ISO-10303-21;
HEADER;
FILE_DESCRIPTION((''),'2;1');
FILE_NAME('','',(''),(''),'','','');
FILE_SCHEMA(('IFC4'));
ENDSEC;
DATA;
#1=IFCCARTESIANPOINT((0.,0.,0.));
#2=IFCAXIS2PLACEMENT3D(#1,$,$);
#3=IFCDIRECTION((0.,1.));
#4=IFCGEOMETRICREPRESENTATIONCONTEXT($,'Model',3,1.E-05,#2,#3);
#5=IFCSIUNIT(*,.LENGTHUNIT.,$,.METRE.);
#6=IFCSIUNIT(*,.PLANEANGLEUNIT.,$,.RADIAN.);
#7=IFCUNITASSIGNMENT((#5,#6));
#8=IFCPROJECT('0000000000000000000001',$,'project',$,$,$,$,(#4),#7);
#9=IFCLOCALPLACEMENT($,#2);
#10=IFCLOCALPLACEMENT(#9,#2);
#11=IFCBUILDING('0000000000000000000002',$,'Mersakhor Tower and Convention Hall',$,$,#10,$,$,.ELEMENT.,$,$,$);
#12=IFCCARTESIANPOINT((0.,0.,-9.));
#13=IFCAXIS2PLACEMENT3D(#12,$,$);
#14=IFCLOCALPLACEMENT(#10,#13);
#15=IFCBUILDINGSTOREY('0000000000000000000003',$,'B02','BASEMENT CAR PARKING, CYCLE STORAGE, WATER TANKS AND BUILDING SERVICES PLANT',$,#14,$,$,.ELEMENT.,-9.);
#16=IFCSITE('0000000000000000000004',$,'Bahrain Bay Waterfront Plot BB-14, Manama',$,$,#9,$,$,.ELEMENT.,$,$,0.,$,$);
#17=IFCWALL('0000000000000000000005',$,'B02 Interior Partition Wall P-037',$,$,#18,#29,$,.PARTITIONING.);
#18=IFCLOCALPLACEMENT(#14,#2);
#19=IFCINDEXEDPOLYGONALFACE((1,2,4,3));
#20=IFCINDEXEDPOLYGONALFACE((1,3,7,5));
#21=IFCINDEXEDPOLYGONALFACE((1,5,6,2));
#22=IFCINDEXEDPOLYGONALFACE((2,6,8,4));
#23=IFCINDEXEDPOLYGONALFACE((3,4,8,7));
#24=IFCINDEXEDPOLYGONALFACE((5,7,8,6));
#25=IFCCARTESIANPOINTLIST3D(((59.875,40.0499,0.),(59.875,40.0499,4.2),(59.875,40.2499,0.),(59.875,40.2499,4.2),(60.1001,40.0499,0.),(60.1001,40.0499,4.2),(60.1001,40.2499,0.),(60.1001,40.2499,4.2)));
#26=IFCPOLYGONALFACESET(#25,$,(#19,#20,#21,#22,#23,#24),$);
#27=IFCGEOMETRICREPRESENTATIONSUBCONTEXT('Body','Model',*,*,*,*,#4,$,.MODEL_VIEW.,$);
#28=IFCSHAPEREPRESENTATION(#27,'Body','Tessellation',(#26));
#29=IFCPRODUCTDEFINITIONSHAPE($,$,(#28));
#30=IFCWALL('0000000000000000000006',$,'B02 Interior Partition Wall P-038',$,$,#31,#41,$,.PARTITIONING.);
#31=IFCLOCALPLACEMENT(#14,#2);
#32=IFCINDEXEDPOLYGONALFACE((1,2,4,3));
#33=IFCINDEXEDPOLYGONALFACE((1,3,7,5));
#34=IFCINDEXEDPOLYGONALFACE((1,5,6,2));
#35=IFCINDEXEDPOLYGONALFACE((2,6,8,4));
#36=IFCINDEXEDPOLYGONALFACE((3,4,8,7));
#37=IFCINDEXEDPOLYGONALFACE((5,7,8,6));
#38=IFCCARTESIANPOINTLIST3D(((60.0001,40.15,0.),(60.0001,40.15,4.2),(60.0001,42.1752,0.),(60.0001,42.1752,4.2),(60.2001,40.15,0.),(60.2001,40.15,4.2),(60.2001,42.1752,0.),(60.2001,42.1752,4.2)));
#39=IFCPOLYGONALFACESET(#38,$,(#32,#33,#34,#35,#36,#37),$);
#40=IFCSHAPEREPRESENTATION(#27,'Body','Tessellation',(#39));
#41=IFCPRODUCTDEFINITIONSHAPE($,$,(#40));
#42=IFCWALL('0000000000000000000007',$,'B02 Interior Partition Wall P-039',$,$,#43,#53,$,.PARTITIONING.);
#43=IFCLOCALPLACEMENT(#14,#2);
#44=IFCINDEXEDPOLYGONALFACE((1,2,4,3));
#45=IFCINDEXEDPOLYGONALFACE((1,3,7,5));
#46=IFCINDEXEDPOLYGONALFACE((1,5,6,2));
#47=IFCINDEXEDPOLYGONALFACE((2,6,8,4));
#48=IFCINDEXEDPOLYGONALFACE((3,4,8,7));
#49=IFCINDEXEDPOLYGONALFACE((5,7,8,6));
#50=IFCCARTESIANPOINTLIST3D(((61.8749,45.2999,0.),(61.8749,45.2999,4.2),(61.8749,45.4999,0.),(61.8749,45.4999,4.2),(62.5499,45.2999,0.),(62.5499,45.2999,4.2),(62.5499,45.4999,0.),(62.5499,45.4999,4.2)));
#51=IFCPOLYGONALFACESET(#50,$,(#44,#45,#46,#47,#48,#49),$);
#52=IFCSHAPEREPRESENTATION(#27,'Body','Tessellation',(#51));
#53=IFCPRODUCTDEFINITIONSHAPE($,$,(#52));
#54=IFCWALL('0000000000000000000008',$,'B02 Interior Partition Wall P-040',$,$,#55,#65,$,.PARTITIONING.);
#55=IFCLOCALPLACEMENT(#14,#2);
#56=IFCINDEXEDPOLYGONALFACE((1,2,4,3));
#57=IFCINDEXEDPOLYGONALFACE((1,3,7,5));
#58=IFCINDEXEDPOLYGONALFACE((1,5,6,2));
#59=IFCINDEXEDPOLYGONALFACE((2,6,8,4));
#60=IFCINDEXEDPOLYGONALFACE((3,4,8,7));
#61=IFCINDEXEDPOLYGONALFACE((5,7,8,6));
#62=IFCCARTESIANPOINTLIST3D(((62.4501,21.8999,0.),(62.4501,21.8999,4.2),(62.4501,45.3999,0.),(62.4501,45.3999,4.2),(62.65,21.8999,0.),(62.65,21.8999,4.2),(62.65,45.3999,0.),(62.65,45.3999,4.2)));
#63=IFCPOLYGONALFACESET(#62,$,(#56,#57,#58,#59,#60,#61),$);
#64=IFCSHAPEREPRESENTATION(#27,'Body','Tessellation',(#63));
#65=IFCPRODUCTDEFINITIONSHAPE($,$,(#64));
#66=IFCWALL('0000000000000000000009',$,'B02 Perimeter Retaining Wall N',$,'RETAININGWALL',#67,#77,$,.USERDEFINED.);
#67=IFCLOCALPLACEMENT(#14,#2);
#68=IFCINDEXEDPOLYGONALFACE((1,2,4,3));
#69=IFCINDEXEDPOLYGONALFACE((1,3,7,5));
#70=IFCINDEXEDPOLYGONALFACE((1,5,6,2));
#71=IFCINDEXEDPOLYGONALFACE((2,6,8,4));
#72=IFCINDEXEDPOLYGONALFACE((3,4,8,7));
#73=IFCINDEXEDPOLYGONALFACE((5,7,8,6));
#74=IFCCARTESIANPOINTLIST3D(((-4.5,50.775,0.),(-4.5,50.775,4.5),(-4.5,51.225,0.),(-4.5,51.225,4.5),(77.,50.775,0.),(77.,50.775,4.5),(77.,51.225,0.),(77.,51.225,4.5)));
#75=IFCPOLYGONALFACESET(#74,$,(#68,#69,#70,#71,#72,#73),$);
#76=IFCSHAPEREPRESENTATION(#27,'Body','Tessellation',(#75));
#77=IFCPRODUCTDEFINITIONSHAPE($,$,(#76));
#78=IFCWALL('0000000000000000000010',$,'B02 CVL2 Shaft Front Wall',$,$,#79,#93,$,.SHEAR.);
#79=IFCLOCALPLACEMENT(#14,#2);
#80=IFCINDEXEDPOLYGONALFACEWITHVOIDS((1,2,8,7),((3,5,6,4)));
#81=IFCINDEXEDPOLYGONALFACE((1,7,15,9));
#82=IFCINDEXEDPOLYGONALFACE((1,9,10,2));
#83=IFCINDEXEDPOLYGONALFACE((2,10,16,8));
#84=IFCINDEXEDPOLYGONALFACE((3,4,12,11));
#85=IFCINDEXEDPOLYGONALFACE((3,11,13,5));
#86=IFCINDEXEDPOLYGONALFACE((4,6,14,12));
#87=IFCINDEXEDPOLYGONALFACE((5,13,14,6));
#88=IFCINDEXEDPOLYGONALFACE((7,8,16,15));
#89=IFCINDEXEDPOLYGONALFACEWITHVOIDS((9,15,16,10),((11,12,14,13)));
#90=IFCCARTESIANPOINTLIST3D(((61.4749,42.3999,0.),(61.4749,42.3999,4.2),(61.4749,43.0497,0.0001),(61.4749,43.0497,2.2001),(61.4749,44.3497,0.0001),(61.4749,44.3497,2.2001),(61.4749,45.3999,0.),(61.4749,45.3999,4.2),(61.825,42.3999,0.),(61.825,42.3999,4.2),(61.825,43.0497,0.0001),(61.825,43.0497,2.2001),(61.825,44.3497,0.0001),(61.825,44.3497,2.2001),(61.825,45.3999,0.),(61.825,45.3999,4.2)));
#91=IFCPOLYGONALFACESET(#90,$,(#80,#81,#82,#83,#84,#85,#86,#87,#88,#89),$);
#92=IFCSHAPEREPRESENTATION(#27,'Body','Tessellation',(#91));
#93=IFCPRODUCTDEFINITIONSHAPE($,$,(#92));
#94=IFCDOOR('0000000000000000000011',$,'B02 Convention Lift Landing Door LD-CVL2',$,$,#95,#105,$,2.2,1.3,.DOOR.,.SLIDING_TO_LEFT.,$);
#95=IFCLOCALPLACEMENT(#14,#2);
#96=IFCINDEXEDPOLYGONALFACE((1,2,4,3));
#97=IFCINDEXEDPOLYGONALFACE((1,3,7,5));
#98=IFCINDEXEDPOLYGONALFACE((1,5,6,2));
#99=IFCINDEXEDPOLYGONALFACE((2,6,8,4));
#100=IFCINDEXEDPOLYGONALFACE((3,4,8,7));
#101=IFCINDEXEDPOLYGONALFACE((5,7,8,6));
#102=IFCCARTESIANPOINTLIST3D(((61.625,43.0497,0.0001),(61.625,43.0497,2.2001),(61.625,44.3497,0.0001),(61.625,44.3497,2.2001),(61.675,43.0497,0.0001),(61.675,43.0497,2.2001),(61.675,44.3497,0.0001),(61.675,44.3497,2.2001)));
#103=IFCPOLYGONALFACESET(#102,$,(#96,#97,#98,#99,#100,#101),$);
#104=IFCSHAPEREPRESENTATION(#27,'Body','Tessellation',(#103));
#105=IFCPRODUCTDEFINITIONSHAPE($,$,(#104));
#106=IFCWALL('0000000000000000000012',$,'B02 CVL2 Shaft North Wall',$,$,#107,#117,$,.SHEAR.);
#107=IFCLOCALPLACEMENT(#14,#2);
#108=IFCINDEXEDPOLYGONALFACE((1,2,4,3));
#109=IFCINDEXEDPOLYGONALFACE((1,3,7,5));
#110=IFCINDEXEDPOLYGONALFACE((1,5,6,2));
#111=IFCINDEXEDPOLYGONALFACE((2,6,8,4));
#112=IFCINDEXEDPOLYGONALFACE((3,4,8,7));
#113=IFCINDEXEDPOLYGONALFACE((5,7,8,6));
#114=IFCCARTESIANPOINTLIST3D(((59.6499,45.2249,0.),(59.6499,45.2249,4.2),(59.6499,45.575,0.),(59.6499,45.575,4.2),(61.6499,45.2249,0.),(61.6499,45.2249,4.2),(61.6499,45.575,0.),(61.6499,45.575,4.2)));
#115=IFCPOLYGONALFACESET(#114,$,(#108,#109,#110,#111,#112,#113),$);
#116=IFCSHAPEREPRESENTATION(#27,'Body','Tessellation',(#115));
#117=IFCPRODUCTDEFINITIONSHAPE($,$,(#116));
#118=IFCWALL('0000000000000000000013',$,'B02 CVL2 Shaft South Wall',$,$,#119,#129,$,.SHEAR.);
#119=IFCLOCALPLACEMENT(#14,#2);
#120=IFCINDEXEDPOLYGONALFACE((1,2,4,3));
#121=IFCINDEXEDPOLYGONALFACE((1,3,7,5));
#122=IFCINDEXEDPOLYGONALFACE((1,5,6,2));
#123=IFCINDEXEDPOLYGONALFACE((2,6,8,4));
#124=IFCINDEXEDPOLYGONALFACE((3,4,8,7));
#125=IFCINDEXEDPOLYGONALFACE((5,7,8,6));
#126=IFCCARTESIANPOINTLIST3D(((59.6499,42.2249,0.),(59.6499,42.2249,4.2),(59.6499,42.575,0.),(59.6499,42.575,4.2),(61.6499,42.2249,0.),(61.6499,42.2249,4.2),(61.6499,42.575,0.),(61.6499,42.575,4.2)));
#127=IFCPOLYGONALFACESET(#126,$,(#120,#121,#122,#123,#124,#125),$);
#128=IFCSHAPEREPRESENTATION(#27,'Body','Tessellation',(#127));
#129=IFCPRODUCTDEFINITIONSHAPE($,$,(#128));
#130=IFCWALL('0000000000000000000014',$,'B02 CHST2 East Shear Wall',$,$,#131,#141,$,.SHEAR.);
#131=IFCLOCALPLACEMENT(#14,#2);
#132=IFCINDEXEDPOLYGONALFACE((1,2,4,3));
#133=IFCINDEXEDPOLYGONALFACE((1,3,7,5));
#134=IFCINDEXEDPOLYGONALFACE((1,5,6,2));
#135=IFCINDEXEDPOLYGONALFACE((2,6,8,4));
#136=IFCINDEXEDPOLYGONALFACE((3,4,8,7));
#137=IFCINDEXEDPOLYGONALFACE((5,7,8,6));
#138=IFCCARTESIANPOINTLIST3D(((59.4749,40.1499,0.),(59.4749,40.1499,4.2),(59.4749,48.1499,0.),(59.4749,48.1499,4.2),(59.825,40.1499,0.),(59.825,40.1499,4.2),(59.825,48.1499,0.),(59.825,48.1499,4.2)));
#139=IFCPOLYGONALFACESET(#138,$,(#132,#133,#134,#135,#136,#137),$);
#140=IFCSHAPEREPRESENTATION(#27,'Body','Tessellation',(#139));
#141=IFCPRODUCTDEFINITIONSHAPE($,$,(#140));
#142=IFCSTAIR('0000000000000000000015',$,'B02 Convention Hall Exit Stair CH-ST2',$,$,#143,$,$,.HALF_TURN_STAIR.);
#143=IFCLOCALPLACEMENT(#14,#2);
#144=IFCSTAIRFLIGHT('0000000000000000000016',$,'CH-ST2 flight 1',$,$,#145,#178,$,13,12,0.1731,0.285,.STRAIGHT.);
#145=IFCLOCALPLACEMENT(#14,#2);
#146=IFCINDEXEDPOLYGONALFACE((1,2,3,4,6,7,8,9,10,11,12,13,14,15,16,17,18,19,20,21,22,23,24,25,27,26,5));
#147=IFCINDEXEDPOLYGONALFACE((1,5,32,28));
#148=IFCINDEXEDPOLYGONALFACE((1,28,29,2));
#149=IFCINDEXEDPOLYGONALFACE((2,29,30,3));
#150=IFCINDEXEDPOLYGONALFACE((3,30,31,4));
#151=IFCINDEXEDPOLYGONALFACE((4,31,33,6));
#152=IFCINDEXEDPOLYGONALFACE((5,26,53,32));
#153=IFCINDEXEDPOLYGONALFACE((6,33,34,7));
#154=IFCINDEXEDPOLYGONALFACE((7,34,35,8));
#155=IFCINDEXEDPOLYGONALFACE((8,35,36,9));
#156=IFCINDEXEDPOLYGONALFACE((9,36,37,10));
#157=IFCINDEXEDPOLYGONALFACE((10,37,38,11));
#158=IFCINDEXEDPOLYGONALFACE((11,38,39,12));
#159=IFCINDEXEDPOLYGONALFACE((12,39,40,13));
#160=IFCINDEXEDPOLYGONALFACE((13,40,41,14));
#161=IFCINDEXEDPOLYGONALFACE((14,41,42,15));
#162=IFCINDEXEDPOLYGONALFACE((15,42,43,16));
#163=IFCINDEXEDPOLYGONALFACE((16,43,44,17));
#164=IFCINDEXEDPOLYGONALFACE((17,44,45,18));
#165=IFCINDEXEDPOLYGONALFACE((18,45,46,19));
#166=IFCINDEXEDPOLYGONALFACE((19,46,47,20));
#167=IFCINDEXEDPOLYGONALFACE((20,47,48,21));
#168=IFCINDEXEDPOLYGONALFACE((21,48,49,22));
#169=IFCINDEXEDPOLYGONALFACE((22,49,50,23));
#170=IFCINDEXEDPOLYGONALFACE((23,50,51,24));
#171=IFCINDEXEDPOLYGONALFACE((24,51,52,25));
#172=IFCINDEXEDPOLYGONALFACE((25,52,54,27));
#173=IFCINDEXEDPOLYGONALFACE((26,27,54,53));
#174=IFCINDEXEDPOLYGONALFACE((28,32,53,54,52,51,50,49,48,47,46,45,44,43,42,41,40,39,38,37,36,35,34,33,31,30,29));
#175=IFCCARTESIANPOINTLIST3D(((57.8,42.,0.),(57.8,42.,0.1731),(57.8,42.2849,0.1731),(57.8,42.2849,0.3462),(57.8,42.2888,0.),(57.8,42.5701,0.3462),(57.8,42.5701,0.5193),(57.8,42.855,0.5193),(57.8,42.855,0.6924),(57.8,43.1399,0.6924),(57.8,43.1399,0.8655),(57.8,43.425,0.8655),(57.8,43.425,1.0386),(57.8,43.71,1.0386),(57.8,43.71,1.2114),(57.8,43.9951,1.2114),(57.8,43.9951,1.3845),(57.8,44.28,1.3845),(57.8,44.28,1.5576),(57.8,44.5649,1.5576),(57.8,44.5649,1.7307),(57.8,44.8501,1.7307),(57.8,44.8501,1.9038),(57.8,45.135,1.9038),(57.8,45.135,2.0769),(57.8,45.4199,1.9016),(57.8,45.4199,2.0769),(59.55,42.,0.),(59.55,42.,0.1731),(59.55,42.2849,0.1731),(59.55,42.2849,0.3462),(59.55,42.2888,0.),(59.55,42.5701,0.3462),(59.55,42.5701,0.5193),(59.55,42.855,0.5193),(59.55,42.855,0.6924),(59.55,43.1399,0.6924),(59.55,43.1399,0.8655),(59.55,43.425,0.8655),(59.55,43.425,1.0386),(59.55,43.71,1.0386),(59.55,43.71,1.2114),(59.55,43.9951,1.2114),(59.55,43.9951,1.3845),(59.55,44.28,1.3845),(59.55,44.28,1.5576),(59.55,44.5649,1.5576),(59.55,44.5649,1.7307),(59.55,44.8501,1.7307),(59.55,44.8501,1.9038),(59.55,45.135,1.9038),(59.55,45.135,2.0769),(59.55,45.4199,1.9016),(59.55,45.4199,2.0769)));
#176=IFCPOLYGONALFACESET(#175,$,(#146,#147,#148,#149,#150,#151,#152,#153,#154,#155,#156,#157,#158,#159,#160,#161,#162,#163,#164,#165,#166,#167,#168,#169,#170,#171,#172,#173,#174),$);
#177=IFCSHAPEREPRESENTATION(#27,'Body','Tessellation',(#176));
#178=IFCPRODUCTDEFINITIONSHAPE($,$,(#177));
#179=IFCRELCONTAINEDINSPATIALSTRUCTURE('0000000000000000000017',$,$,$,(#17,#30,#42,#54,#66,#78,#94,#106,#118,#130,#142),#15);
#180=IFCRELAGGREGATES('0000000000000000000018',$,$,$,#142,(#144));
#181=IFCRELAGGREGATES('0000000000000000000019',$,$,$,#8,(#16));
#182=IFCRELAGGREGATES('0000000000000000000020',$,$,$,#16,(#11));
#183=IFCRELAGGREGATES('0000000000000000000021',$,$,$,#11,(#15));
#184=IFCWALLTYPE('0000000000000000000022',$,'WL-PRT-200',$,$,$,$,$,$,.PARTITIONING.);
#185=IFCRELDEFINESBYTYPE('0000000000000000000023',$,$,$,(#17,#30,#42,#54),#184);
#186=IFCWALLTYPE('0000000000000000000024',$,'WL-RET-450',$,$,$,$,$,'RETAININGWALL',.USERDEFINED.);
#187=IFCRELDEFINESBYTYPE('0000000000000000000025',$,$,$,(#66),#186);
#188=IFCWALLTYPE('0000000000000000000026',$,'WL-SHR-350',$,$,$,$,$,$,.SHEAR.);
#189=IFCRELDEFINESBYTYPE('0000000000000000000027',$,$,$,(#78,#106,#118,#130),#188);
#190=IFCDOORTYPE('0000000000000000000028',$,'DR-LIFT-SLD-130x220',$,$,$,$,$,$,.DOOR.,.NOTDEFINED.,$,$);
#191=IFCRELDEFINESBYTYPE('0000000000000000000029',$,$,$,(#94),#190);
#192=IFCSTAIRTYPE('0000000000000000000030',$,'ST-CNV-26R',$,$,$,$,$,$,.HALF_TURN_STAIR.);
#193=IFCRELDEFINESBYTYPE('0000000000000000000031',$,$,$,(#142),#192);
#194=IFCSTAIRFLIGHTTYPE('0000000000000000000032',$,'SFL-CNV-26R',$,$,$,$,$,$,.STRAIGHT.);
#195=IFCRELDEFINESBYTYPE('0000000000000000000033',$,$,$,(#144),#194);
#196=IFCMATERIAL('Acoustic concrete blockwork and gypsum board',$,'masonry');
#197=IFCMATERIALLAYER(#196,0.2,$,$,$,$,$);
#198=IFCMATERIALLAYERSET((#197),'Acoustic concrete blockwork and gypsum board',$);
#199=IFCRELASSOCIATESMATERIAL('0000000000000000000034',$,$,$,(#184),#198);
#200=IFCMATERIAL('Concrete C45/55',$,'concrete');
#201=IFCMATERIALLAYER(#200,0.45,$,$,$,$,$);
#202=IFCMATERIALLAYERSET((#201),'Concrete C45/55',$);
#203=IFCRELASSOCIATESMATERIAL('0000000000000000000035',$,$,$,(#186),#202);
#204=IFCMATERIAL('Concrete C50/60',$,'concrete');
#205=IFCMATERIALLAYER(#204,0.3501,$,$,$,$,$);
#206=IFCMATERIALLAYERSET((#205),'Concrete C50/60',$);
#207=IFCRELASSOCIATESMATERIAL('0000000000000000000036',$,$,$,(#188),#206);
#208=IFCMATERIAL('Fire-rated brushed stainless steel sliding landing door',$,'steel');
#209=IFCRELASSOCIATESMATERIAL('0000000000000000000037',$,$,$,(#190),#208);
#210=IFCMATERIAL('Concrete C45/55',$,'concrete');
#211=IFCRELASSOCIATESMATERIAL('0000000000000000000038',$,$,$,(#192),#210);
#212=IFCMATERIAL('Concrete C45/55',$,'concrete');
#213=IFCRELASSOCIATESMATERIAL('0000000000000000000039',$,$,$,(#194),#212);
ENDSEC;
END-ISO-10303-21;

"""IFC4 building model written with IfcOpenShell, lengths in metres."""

from ifc_helpers import new_model, si_unit, direction, frame, frame_2d, origin, place, context, subcontext, project, spatial, polyline, rectangle, outline, extrude, material, layer, layer_set, type_object, element, fill, aggregate, save


model = new_model("IFC4")

# Units and contexts
model_context = context("Model", 3, precision=1e-05, world=origin(), true_north=direction((0.0, 1.0)))
body_context = subcontext(model_context, "Body", "Model", "MODEL_VIEW")
ifc_project = project(units=[si_unit("LENGTHUNIT", "METRE"), si_unit("PLANEANGLEUNIT", "RADIAN")], contexts=[model_context])

# Site, building, storey
site_placement = place(None, origin())
site = spatial("IfcSite", under=ifc_project, at=site_placement, Name="Bahrain Bay Waterfront Plot BB-14, Manama", CompositionType="ELEMENT", RefElevation=0.0)
building_placement = place(site_placement, origin())
building = spatial("IfcBuilding", under=site, at=building_placement, Name="Mersakhor Tower and Convention Hall", CompositionType="ELEMENT")
storey_placement = place(building_placement, frame((0.0, 0.0, -9.0)))
storey = spatial("IfcBuildingStorey", under=building, at=storey_placement, Name="B02", Description="BASEMENT CAR PARKING, CYCLE STORAGE, WATER TANKS AND BUILDING SERVICES PLANT", CompositionType="ELEMENT", Elevation=-9.0)

# Walls
ifc_material_1 = material(Name="Acoustic concrete blockwork and gypsum board", Category="masonry")
ifc_layer_1 = layer(ifc_material_1, 0.2)
ifc_layer_set_1 = layer_set([ifc_layer_1], Name="Acoustic concrete blockwork and gypsum board")
wall_type_1 = type_object("IfcWallType", Name="WL-PRT-200", PredefinedType="PARTITIONING", material=ifc_layer_set_1)
wall_1_placement = place(storey_placement, frame((59.875, 40.1499, 0.0), z_axis=(0.0, 0.0, 1.0), x_axis=(1.0, 0.0, 0.0)))
element("IfcWall", 1, at=wall_1_placement, inside=storey, type_object=wall_type_1, Name="B02 Interior Partition Wall P-037", PredefinedType="PARTITIONING", context=body_context, shape_type="SweptSolid", body=[
    extrude(rectangle(XDim=0.2251, YDim=0.2, at=frame_2d((0.1125, 0.0))), origin(), (0.0, 0.0, 1.0), 4.2),
])
wall_2_placement = place(storey_placement, frame((60.1001, 40.1499, 0.0), z_axis=(0.0, 0.0, 1.0), x_axis=(0.0, 1.0, 0.0)))
element("IfcWall", 2, at=wall_2_placement, inside=storey, type_object=wall_type_1, Name="B02 Interior Partition Wall P-038", PredefinedType="PARTITIONING", context=body_context, shape_type="SweptSolid", body=[
    extrude(rectangle(XDim=2.0251, YDim=0.2, at=frame_2d((1.0127, 0.0))), origin(), (0.0, 0.0, 1.0), 4.2),
])
wall_3_placement = place(storey_placement, frame((61.875, 45.3999, 0.0), z_axis=(0.0, 0.0, 1.0), x_axis=(1.0, 0.0, 0.0)))
element("IfcWall", 3, at=wall_3_placement, inside=storey, type_object=wall_type_1, Name="B02 Interior Partition Wall P-039", PredefinedType="PARTITIONING", context=body_context, shape_type="SweptSolid", body=[
    extrude(rectangle(XDim=0.675, YDim=0.2, at=frame_2d((0.3374, 0.0))), origin(), (0.0, 0.0, 1.0), 4.2),
])
wall_4_placement = place(storey_placement, frame((62.55, 45.3999, 0.0), z_axis=(0.0, 0.0, 1.0), x_axis=(0.0, -1.0, 0.0)))
element("IfcWall", 4, at=wall_4_placement, inside=storey, type_object=wall_type_1, Name="B02 Interior Partition Wall P-040", PredefinedType="PARTITIONING", context=body_context, shape_type="SweptSolid", body=[
    extrude(rectangle(XDim=23.5, YDim=0.2, at=frame_2d((11.75, 0.0))), origin(), (0.0, 0.0, 1.0), 4.2),
])
ifc_material_2 = material(Name="Concrete C45/55", Category="concrete")
ifc_layer_2 = layer(ifc_material_2, 0.45)
ifc_layer_set_2 = layer_set([ifc_layer_2], Name="Concrete C45/55")
wall_type_2 = type_object("IfcWallType", Name="WL-RET-450", ElementType="RETAININGWALL", PredefinedType="USERDEFINED", material=ifc_layer_set_2)
wall_5_placement = place(storey_placement, frame((77.0, 51.0, 0.0), z_axis=(0.0, 0.0, 1.0), x_axis=(-1.0, 0.0, 0.0)))
element("IfcWall", 5, at=wall_5_placement, inside=storey, type_object=wall_type_2, Name="B02 Perimeter Retaining Wall N", ObjectType="RETAININGWALL", PredefinedType="USERDEFINED", context=body_context, shape_type="SweptSolid", body=[
    extrude(rectangle(XDim=81.5, YDim=0.45, at=frame_2d((40.75, 0.0))), origin(), (0.0, 0.0, 1.0), 4.5),
])

# Wall, opening, door
ifc_material_3 = material(Name="Concrete C50/60", Category="concrete")
ifc_layer_3 = layer(ifc_material_3, 0.3501)
ifc_layer_set_3 = layer_set([ifc_layer_3], Name="Concrete C50/60")
wall_type_3 = type_object("IfcWallType", Name="WL-SHR-350", PredefinedType="SHEAR", material=ifc_layer_set_3)
wall_6_placement = place(storey_placement, frame((61.6499, 42.3999, 0.0), z_axis=(0.0, 0.0, 1.0), x_axis=(0.0, 1.0, 0.0)))
wall_6 = element("IfcWall", 6, at=wall_6_placement, inside=storey, type_object=wall_type_3, Name="B02 CVL2 Shaft Front Wall", PredefinedType="SHEAR", context=body_context, shape_type="SweptSolid", body=[
    extrude(rectangle(XDim=3.0, YDim=0.3501, at=frame_2d((1.5, 0.0))), origin(), (0.0, 0.0, 1.0), 4.2),
])
opening_placement = place(wall_6_placement, frame((0.6499, 0.0, 0.0)))
opening = element("IfcOpeningElement", 7, at=opening_placement, cuts=wall_6, PredefinedType="OPENING", context=body_context, shape_type="SweptSolid", body=[
    extrude(rectangle(XDim=1.3, YDim=2.2, at=frame_2d((0.6499, 1.1001))), frame((0.0, 0.1851, 0.0), z_axis=(0.0, -1.0, 0.0), x_axis=(1.0, 0.0, 0.0)), (0.0, 0.0, 1.0), 0.3701),
])
ifc_material_4 = material(Name="Fire-rated brushed stainless steel sliding landing door", Category="steel")
door_type = type_object("IfcDoorType", Name="DR-LIFT-SLD-130x220", OperationType="NOTDEFINED", PredefinedType="DOOR", material=ifc_material_4)
door_placement = place(opening_placement, origin())
door = element("IfcDoor", 8, at=door_placement, inside=storey, type_object=door_type, Name="B02 Convention Lift Landing Door LD-CVL2", OperationType="SLIDING_TO_LEFT", OverallHeight=2.2, OverallWidth=1.3, PredefinedType="DOOR", context=body_context, shape_type="SweptSolid", body=[
    extrude(rectangle(XDim=1.3, YDim=2.2, at=frame_2d((0.6499, 1.1001))), frame((0.0, 0.0249, 0.0), z_axis=(0.0, -1.0, 0.0), x_axis=(1.0, 0.0, 0.0)), (0.0, 0.0, 1.0), 0.05),
])
fill(opening, door)

# Walls
for number, where, z_axis, x_axis, name in (
    (9, (59.6499, 45.3999, 0.0), (0.0, 0.0, 1.0), (1.0, 0.0, 0.0), "B02 CVL2 Shaft North Wall"),
    (10, (59.6499, 42.3999, 0.0), (0.0, 0.0, 1.0), (1.0, 0.0, 0.0), "B02 CVL2 Shaft South Wall"),
):
    element("IfcWall", number, at=place(storey_placement, frame(where, z_axis=z_axis, x_axis=x_axis)), inside=storey, type_object=wall_type_3, Name=name, PredefinedType="SHEAR", context=body_context, shape_type="SweptSolid", body=[
        extrude(rectangle(XDim=2.0, YDim=0.3501, at=frame_2d((1.0, 0.0))), origin(), (0.0, 0.0, 1.0), 4.2),
    ])
wall_7_placement = place(storey_placement, frame((59.6499, 48.1499, 0.0), z_axis=(0.0, 0.0, 1.0), x_axis=(0.0, -1.0, 0.0)))
element("IfcWall", 11, at=wall_7_placement, inside=storey, type_object=wall_type_3, Name="B02 CHST2 East Shear Wall", PredefinedType="SHEAR", context=body_context, shape_type="SweptSolid", body=[
    extrude(rectangle(XDim=8.0, YDim=0.3501, at=frame_2d((4.0, 0.0))), origin(), (0.0, 0.0, 1.0), 4.2),
])

# Stair, stair flight
ifc_material_5 = material(Name="Concrete C45/55", Category="concrete")
stair_type = type_object("IfcStairType", Name="ST-CNV-26R", PredefinedType="HALF_TURN_STAIR", material=ifc_material_5)
stair_placement = place(storey_placement, origin())
stair = element("IfcStair", 12, at=stair_placement, inside=storey, type_object=stair_type, Name="B02 Convention Hall Exit Stair CH-ST2", PredefinedType="HALF_TURN_STAIR")
ifc_material_6 = material(Name="Concrete C45/55", Category="concrete")
stair_flight_type = type_object("IfcStairFlightType", Name="SFL-CNV-26R", PredefinedType="STRAIGHT", material=ifc_material_6)
stair_flight_placement = place(storey_placement, frame((58.675, 42.0, 0.0), z_axis=(0.0, 0.0, 1.0), x_axis=(0.0, 1.0, 0.0)))
stair_flight = element("IfcStairFlight", 13, at=stair_flight_placement, type_object=stair_flight_type, Name="CH-ST2 flight 1", NumberOfRisers=13, NumberOfTreads=12, PredefinedType="STRAIGHT", RiserHeight=0.1731, TreadLength=0.285, context=body_context, shape_type="SweptSolid", body=[
    extrude(outline(polyline([(0.0, 0.0), (0.0, 0.1731), (0.2849, 0.1731), (0.2849, 0.3462), (0.5701, 0.3462), (0.5701, 0.5193), (0.855, 0.5193), (0.855, 0.6924), (1.1399, 0.6924), (1.1399, 0.8655), (1.425, 0.8655), (1.425, 1.0386), (1.71, 1.0386), (1.71, 1.2114), (1.9951, 1.2114), (1.9951, 1.3845), (2.28, 1.3845), (2.28, 1.5576), (2.5649, 1.5576), (2.5649, 1.7307), (2.8501, 1.7307), (2.8501, 1.9038), (3.135, 1.9038), (3.135, 2.0769), (3.4199, 2.0769), (3.4199, 2.25), (3.4199, 1.9016), (0.2888, 0.0), (0.0, 0.0)])), frame((0.0, 0.875, 0.0), z_axis=(0.0, -1.0, 0.0), x_axis=(1.0, 0.0, 0.0)), (0.0, 0.0, 1.0), 1.75),
])
aggregate(stair, [stair_flight])

save(model, "model.ifc")
